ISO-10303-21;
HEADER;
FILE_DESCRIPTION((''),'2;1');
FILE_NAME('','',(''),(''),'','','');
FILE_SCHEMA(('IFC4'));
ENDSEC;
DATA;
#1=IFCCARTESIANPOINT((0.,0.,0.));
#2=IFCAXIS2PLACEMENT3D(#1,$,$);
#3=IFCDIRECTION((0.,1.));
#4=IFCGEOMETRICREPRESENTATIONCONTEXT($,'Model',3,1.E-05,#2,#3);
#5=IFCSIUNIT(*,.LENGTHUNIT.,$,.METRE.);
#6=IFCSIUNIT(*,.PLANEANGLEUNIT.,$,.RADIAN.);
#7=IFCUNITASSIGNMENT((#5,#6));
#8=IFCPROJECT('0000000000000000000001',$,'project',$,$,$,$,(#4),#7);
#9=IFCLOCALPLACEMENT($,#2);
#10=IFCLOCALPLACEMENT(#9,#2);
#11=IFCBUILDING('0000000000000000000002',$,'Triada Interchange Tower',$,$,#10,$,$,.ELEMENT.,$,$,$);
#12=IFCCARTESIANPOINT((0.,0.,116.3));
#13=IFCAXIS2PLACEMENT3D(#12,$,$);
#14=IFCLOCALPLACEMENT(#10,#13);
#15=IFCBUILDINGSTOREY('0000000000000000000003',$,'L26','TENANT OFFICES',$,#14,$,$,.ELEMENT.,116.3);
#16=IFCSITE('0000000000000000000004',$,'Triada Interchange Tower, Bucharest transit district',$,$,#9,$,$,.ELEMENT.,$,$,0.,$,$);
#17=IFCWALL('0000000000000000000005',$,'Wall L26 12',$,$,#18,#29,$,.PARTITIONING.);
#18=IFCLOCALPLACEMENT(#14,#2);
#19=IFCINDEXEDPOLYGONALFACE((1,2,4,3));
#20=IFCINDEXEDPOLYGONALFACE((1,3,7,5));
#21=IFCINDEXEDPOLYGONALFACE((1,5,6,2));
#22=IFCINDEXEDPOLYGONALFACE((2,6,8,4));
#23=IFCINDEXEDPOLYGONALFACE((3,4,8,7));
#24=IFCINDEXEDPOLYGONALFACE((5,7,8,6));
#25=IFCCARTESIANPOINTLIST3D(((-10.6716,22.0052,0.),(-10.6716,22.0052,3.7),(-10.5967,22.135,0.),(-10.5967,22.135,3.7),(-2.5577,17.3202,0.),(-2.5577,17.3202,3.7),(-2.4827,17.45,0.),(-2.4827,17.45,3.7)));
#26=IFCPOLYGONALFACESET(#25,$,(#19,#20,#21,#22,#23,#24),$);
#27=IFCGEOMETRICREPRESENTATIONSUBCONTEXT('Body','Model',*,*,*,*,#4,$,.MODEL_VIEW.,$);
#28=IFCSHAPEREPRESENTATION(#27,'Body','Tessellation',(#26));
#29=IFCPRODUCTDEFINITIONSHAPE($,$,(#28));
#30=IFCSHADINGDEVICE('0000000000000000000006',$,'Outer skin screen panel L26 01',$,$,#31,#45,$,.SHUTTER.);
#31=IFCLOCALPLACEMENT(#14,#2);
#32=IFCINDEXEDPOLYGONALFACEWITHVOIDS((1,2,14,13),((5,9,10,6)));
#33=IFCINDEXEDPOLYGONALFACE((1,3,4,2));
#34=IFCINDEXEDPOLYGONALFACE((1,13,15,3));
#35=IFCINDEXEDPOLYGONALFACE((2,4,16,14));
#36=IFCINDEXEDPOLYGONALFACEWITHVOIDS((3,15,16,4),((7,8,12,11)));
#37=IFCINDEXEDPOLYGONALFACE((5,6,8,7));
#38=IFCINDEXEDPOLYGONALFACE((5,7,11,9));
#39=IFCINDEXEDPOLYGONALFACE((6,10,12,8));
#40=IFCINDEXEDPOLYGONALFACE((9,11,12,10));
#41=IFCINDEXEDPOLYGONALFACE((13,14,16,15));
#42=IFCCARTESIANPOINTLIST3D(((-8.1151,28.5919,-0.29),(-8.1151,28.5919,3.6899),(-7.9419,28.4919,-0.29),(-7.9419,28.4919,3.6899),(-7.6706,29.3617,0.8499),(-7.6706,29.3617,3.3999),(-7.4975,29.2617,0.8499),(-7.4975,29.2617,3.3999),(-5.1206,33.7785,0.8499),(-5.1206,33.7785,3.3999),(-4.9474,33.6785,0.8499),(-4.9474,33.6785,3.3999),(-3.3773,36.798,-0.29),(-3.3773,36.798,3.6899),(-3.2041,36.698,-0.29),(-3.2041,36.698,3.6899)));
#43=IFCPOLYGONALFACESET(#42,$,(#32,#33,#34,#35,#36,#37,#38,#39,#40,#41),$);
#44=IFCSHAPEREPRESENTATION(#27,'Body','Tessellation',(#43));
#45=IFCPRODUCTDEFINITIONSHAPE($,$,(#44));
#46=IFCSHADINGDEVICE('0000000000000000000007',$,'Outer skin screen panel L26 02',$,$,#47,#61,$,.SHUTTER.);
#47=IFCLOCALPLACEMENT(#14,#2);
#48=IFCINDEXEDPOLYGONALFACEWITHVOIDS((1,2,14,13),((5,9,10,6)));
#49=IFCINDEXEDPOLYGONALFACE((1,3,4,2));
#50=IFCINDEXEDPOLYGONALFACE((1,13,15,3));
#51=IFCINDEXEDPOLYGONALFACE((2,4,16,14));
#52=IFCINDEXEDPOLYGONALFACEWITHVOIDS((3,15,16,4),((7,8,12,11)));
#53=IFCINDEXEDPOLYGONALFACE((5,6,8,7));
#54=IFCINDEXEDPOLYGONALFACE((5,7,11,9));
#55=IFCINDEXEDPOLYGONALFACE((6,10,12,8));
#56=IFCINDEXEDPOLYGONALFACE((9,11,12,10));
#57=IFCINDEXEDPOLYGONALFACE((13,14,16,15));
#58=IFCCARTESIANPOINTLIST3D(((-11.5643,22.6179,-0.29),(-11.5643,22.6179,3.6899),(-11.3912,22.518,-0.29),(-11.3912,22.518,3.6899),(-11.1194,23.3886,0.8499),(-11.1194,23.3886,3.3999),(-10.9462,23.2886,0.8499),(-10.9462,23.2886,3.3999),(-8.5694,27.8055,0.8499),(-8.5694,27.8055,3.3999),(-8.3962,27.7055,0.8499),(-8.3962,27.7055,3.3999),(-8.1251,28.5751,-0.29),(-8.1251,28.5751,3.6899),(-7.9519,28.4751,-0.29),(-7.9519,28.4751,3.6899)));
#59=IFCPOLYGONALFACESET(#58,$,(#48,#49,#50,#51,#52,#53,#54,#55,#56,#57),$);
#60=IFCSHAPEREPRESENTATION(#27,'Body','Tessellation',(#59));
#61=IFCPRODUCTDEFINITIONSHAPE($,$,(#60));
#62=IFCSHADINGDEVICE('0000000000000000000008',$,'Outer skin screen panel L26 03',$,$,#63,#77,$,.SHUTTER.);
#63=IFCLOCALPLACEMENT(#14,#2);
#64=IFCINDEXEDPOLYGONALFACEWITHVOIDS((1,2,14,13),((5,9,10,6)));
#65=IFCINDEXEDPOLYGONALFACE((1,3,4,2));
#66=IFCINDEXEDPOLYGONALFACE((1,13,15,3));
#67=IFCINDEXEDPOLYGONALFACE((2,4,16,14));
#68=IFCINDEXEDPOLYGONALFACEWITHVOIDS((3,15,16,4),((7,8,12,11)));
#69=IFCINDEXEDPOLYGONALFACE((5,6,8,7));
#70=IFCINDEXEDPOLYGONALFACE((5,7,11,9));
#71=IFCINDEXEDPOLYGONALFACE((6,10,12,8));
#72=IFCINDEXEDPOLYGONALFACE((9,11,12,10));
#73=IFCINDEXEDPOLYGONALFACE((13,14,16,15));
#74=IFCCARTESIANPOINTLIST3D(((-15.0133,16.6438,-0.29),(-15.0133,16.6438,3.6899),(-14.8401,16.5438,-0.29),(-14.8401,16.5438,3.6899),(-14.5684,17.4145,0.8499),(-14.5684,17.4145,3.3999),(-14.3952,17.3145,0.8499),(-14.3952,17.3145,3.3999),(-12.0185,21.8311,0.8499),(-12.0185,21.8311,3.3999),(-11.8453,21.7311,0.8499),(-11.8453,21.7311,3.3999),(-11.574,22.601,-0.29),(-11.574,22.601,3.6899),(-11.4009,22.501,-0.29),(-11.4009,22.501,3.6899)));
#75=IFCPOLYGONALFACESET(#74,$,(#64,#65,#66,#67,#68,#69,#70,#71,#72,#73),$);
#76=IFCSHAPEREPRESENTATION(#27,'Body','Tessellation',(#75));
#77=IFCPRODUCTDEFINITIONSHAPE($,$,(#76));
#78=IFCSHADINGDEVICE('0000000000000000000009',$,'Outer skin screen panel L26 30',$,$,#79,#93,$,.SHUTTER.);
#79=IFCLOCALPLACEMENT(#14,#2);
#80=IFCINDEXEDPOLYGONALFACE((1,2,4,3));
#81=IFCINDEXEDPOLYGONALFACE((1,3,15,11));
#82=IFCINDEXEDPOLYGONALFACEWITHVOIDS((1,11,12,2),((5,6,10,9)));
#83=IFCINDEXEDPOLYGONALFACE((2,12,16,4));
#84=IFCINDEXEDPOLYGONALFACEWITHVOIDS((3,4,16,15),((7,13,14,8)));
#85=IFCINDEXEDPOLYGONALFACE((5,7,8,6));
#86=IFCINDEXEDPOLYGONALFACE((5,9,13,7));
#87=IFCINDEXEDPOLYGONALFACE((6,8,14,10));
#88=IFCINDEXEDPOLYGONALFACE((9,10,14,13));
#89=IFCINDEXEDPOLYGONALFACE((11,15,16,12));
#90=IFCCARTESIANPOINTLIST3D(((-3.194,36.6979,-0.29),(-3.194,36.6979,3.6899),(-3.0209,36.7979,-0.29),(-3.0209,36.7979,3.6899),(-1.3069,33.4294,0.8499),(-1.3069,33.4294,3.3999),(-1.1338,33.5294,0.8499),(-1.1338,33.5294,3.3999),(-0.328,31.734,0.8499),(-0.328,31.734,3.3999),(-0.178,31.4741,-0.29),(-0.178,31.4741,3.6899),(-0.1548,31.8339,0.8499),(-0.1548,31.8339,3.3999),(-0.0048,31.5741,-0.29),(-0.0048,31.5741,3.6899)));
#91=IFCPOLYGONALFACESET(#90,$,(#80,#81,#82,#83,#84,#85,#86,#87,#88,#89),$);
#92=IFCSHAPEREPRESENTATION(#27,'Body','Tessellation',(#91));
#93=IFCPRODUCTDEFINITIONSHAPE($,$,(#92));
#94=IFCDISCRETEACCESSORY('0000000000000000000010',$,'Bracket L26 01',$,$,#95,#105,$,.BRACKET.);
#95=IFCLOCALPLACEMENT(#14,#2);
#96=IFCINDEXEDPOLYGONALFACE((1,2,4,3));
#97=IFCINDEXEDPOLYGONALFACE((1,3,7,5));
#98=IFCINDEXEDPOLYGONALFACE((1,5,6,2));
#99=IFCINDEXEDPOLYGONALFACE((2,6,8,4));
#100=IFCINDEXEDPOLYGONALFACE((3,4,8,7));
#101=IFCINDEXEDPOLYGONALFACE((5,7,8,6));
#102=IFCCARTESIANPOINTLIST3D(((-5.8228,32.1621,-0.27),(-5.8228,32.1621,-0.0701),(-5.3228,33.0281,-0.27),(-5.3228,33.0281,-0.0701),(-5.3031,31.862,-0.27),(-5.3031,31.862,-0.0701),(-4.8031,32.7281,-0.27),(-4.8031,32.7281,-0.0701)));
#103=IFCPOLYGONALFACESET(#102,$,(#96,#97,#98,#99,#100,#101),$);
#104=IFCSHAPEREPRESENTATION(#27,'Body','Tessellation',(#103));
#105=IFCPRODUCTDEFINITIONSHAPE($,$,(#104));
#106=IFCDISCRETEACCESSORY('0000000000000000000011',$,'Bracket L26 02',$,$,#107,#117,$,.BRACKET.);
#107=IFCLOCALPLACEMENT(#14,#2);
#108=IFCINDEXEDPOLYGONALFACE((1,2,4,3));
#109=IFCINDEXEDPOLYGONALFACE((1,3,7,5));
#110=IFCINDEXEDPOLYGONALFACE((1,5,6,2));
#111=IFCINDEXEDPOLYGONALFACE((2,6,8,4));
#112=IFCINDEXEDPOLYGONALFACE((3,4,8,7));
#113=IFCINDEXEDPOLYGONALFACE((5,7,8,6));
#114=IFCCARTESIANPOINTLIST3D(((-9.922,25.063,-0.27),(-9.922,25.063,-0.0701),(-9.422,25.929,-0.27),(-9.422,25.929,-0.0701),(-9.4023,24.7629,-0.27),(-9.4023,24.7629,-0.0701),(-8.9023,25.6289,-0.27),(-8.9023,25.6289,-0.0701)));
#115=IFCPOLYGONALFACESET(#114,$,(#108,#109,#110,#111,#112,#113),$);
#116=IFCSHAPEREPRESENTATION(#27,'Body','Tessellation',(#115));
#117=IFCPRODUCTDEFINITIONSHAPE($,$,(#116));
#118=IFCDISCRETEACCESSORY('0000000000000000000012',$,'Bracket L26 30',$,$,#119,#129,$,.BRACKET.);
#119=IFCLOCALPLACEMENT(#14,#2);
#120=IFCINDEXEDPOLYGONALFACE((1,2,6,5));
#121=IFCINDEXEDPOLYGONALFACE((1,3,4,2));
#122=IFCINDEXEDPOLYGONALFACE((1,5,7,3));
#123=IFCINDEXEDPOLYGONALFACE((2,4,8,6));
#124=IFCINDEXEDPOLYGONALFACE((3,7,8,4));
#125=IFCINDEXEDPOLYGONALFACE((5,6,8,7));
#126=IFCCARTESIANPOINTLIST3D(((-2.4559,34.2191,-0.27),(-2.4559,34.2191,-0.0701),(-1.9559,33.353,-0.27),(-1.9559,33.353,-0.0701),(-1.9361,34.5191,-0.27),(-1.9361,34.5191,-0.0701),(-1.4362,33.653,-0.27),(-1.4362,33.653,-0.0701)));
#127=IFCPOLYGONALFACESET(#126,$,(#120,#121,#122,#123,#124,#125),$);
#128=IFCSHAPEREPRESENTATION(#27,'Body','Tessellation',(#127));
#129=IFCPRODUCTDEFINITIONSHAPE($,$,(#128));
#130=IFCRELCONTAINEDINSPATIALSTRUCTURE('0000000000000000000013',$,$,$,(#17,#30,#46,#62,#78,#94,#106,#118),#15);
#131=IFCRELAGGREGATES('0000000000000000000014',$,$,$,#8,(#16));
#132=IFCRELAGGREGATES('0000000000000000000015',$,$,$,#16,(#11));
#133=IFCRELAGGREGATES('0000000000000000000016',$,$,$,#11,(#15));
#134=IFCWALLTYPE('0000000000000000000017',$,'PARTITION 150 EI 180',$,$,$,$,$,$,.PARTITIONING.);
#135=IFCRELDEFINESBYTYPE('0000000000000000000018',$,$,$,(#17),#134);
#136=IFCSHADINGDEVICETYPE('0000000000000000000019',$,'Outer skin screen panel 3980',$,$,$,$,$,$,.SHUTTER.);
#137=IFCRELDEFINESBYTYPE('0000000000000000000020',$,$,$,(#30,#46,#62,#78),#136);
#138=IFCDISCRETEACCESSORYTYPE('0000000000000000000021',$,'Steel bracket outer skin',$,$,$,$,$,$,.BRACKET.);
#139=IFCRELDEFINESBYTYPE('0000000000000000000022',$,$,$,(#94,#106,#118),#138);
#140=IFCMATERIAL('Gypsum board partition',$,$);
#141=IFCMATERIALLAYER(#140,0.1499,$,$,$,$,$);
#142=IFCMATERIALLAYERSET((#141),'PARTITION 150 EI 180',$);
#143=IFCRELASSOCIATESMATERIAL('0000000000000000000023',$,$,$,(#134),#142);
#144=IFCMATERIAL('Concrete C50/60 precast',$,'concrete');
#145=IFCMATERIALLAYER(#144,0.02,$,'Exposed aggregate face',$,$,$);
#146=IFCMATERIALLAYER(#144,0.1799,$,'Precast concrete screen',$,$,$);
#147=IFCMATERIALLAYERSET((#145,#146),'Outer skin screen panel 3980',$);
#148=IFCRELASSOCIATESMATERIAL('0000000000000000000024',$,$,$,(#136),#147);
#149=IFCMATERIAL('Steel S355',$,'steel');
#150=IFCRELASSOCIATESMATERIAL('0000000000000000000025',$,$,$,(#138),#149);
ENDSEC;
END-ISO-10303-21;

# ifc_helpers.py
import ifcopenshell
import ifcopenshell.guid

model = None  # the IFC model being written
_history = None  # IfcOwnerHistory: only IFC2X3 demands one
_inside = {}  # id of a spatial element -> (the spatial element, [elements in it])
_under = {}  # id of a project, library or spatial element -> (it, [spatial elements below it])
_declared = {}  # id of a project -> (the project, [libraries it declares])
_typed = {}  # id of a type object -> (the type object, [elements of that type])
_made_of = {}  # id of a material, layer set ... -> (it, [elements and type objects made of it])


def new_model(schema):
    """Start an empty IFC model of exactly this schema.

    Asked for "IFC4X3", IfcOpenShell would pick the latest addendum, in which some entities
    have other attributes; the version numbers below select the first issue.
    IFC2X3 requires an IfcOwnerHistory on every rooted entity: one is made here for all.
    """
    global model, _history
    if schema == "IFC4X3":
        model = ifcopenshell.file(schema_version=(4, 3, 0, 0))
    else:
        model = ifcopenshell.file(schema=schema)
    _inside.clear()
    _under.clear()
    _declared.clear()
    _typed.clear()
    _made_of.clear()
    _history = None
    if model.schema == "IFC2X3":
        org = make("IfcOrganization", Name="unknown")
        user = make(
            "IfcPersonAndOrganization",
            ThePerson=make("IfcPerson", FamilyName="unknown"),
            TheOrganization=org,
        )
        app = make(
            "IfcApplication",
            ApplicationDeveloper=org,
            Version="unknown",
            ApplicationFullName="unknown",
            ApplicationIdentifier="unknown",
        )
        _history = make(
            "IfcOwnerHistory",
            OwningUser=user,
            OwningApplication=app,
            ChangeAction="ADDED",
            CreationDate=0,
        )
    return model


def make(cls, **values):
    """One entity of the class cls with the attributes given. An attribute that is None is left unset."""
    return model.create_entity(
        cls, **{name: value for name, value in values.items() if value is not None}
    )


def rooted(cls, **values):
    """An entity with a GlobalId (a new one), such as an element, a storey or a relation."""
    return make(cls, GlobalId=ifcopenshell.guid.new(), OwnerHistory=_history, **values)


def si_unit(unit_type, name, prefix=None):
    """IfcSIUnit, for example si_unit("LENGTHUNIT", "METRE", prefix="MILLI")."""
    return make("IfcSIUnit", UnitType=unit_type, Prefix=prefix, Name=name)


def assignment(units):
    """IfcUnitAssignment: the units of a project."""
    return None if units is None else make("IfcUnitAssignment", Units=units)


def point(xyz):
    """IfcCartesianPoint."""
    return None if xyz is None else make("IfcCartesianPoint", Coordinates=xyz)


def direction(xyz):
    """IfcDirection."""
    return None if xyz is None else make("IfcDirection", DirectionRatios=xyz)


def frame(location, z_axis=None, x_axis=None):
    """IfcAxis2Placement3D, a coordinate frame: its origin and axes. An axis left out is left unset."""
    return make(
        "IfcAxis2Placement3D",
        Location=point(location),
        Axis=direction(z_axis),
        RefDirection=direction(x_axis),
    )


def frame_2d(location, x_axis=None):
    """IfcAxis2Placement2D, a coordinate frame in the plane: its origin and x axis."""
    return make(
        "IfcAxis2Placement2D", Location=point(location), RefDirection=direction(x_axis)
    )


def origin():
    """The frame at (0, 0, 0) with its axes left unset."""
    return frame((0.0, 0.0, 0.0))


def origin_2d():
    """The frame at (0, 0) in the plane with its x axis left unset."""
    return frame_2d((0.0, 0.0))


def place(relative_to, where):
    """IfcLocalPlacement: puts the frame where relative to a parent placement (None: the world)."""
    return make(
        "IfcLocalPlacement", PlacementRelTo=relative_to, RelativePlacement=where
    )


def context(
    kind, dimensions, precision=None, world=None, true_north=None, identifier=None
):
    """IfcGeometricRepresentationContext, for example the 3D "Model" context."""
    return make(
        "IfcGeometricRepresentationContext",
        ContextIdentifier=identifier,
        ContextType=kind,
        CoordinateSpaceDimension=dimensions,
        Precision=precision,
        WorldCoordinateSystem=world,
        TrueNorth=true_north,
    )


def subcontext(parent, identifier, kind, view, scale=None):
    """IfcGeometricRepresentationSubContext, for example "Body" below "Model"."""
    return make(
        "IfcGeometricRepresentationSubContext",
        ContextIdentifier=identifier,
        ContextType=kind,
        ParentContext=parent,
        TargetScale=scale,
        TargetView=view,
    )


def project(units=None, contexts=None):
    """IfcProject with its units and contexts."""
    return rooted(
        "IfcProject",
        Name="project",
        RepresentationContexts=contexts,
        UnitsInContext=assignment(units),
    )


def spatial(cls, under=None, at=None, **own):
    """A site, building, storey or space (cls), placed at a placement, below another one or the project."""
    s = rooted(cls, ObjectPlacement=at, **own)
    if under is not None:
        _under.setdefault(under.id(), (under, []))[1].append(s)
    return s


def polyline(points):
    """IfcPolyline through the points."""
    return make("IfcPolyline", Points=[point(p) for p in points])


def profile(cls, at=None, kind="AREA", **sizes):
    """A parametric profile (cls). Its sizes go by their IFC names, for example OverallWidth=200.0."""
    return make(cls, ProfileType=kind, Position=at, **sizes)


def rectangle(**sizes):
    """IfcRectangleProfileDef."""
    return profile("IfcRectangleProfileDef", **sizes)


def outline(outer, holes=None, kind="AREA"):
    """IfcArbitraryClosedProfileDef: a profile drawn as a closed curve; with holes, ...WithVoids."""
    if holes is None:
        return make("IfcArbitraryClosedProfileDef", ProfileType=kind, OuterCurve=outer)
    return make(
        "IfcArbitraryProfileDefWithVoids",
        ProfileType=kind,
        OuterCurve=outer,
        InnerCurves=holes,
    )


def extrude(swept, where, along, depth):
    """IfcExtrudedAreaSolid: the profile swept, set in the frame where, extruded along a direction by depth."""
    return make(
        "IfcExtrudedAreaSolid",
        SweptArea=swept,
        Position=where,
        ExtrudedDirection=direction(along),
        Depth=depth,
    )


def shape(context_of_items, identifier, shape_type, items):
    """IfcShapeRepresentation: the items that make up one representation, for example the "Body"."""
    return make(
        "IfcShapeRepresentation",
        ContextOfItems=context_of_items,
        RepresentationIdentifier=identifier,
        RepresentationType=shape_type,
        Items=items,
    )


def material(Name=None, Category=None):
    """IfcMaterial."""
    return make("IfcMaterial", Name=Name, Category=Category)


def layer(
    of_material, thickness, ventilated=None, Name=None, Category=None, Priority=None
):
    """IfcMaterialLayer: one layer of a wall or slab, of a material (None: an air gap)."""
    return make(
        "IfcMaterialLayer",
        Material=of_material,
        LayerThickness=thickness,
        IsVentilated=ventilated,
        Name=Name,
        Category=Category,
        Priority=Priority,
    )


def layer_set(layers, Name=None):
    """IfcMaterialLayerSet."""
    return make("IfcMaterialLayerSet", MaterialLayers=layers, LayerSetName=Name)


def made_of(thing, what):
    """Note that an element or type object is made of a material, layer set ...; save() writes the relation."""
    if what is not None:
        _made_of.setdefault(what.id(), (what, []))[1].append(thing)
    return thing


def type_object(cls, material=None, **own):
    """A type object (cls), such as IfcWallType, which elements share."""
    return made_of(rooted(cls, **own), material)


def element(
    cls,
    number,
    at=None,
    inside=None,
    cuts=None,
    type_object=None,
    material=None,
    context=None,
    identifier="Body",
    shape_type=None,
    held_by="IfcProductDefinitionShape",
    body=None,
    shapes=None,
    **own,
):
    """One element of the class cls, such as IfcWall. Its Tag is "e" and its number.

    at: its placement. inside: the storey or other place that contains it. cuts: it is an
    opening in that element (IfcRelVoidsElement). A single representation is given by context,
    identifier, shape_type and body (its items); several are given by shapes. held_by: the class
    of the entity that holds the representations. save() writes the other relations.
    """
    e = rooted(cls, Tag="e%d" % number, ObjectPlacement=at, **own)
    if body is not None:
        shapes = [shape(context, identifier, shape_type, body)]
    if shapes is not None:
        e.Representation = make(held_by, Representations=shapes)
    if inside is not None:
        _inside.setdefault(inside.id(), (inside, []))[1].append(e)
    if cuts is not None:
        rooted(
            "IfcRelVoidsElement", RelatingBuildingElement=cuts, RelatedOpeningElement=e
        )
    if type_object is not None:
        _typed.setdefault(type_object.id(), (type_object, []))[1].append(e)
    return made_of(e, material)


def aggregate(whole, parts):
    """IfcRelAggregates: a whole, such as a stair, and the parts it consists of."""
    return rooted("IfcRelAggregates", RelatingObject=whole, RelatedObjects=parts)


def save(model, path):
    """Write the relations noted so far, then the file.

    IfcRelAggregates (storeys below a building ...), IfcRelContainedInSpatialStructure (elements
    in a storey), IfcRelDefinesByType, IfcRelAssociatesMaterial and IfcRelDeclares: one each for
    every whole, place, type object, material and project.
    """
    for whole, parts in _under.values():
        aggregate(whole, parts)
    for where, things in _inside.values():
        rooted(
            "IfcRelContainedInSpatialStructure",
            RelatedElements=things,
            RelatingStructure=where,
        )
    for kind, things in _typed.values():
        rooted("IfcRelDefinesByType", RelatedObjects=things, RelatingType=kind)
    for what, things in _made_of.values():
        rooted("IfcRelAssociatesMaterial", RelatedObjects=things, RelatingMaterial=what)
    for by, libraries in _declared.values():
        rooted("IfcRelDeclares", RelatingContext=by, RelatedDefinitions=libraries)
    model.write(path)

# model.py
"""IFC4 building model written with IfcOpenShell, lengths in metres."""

from ifc_helpers import new_model, si_unit, direction, frame, frame_2d, origin, origin_2d, place, context, subcontext, project, spatial, polyline, rectangle, outline, extrude, material, layer, layer_set, type_object, element, save


model = new_model("IFC4")

# Units and contexts
model_context = context("Model", 3, precision=1e-05, world=origin(), true_north=direction((0.0, 1.0)))
body_context = subcontext(model_context, "Body", "Model", "MODEL_VIEW")
ifc_project = project(units=[si_unit("LENGTHUNIT", "METRE"), si_unit("PLANEANGLEUNIT", "RADIAN")], contexts=[model_context])

# Site, building, storey
site_placement = place(None, origin())
site = spatial("IfcSite", under=ifc_project, at=site_placement, Name="Triada Interchange Tower, Bucharest transit district", CompositionType="ELEMENT", RefElevation=0.0)
building_placement = place(site_placement, origin())
building = spatial("IfcBuilding", under=site, at=building_placement, Name="Triada Interchange Tower", CompositionType="ELEMENT")
storey_placement = place(building_placement, frame((0.0, 0.0, 116.3)))
storey = spatial("IfcBuildingStorey", under=building, at=storey_placement, Name="L26", Description="TENANT OFFICES", CompositionType="ELEMENT", Elevation=116.3)

# Wall
ifc_material_1 = material(Name="Gypsum board partition")
ifc_layer_1 = layer(ifc_material_1, 0.1499)
ifc_layer_set_1 = layer_set([ifc_layer_1], Name="PARTITION 150 EI 180")
wall_type_1 = type_object("IfcWallType", Name="PARTITION 150 EI 180", PredefinedType="PARTITIONING", material=ifc_layer_set_1)
wall_1_placement = place(storey_placement, frame((-10.634, 22.0701, 0.0), z_axis=(0.0, 0.0, 1.0), x_axis=(0.866006, -0.500034, 0.0)))
element("IfcWall", 1, at=wall_1_placement, inside=storey, type_object=wall_type_1, Name="Wall L26 12", PredefinedType="PARTITIONING", context=body_context, shape_type="SweptSolid", body=[
    extrude(rectangle(XDim=9.3694, YDim=0.1499, at=frame_2d((4.6846, 0.0))), origin(), (0.0, 0.0, 1.0), 3.7),
])

# Shading devices
ifc_material_2 = material(Name="Concrete C50/60 precast", Category="concrete")
ifc_layer_2 = layer(ifc_material_2, 0.02, Name="Exposed aggregate face")
ifc_layer_3 = layer(ifc_material_2, 0.1799, Name="Precast concrete screen")
ifc_layer_set_2 = layer_set([ifc_layer_2, ifc_layer_3], Name="Outer skin screen panel 3980")
shading_device_type = type_object("IfcShadingDeviceType", Name="Outer skin screen panel 3980", PredefinedType="SHUTTER", material=ifc_layer_set_2)
shading_device_1_placement = place(storey_placement, frame((-3.2041, 36.698, -0.29), z_axis=(0.0, 0.0, 1.0), x_axis=(-0.500002, -0.866024, 0.0)))
element("IfcShadingDevice", 2, at=shading_device_1_placement, inside=storey, type_object=shading_device_type, Name="Outer skin screen panel L26 01", PredefinedType="SHUTTER", context=body_context, shape_type="SweptSolid", body=[
    extrude(outline(polyline([(0.0, 0.0), (9.4756, 0.0), (9.4756, 3.98), (0.0, 3.98), (0.0, 0.0)]), holes=[polyline([(3.4866, 1.1399), (3.4866, 3.6899), (8.5867, 3.6899), (8.5867, 1.1399), (3.4866, 1.1399)])]), frame((0.0, 0.0, 0.0), z_axis=(0.0, -1.0, 0.0), x_axis=(1.0, 0.0, 0.0)), (0.0, 0.0, 1.0), 0.2),
])
shading_device_2_placement = place(storey_placement, frame((-7.9519, 28.4751, -0.29), z_axis=(0.0, 0.0, 1.0), x_axis=(-0.499991, -0.866031, 0.0)))
element("IfcShadingDevice", 3, at=shading_device_2_placement, inside=storey, type_object=shading_device_type, Name="Outer skin screen panel L26 02", PredefinedType="SHUTTER", context=body_context, shape_type="SweptSolid", body=[
    extrude(outline(polyline([(0.0, 0.0), (6.8787, 0.0), (6.8787, 3.98), (0.0, 3.98), (0.0, 0.0)]), holes=[polyline([(0.8887, 1.1399), (0.8887, 3.6899), (5.9888, 3.6899), (5.9888, 1.1399), (0.8887, 1.1399)])]), frame((0.0, 0.0, 0.0), z_axis=(0.0, -1.0, 0.0), x_axis=(1.0, 0.0, 0.0)), (0.0, 0.0, 1.0), 0.2),
])
shading_device_3_placement = place(storey_placement, frame((-11.4009, 22.501, -0.29), z_axis=(0.0, 0.0, 1.0), x_axis=(-0.499991, -0.866031, 0.0)))
element("IfcShadingDevice", 4, at=shading_device_3_placement, inside=storey, type_object=shading_device_type, Name="Outer skin screen panel L26 03", PredefinedType="SHUTTER", context=body_context, shape_type="SweptSolid", body=[
    extrude(outline(polyline([(0.0, 0.0), (6.8787, 0.0), (6.8787, 3.98), (0.0, 3.98), (0.0, 0.0)]), holes=[polyline([(0.8889, 1.1399), (0.8889, 3.6899), (5.9888, 3.6899), (5.9888, 1.1399), (0.8889, 1.1399)])]), frame((0.0, 0.0, 0.0), z_axis=(0.0, -1.0, 0.0), x_axis=(1.0, 0.0, 0.0)), (0.0, 0.0, 1.0), 0.2),
])
shading_device_4_placement = place(storey_placement, frame((-0.178, 31.4741, -0.29), z_axis=(0.0, 0.0, 1.0), x_axis=(-0.500013, 0.866018, 0.0)))
element("IfcShadingDevice", 5, at=shading_device_4_placement, inside=storey, type_object=shading_device_type, Name="Outer skin screen panel L26 30", PredefinedType="SHUTTER", context=body_context, shape_type="SweptSolid", body=[
    extrude(outline(polyline([(0.0, 0.0), (6.032, 0.0), (6.032, 3.98), (0.0, 3.98), (0.0, 0.0)]), holes=[polyline([(0.3, 1.1399), (0.3, 3.6899), (2.2578, 3.6899), (2.2578, 1.1399), (0.3, 1.1399)])]), frame((0.0, 0.0, 0.0), z_axis=(0.0, -1.0, 0.0), x_axis=(1.0, 0.0, 0.0)), (0.0, 0.0, 1.0), 0.2),
])

# Discrete accessories
ifc_material_3 = material(Name="Steel S355", Category="steel")
discrete_accessory_type = type_object("IfcDiscreteAccessoryType", Name="Steel bracket outer skin", PredefinedType="BRACKET", material=ifc_material_3)
for number, where, z_axis, x_axis, name in (
    (6, (-5.313, 32.4451, -0.27), (0.0, 0.0, 1.0), (-0.866028, 0.499995, 0.0), "Bracket L26 01"),
    (7, (-9.4121, 25.3459, -0.27), (0.0, 0.0, 1.0), (-0.866028, 0.499995, 0.0), "Bracket L26 02"),
    (8, (-1.946, 33.936, -0.27), (0.0, 0.0, 1.0), (0.866071, 0.499921, 0.0), "Bracket L26 30"),
):
    element("IfcDiscreteAccessory", number, at=place(storey_placement, frame(where, z_axis=z_axis, x_axis=x_axis)), inside=storey, type_object=discrete_accessory_type, Name=name, PredefinedType="BRACKET", context=body_context, shape_type="SweptSolid", body=[
        extrude(rectangle(XDim=0.6001, YDim=1.0, at=origin_2d()), origin(), (0.0, 0.0, 1.0), 0.2),
    ])

save(model, "model.ifc")
